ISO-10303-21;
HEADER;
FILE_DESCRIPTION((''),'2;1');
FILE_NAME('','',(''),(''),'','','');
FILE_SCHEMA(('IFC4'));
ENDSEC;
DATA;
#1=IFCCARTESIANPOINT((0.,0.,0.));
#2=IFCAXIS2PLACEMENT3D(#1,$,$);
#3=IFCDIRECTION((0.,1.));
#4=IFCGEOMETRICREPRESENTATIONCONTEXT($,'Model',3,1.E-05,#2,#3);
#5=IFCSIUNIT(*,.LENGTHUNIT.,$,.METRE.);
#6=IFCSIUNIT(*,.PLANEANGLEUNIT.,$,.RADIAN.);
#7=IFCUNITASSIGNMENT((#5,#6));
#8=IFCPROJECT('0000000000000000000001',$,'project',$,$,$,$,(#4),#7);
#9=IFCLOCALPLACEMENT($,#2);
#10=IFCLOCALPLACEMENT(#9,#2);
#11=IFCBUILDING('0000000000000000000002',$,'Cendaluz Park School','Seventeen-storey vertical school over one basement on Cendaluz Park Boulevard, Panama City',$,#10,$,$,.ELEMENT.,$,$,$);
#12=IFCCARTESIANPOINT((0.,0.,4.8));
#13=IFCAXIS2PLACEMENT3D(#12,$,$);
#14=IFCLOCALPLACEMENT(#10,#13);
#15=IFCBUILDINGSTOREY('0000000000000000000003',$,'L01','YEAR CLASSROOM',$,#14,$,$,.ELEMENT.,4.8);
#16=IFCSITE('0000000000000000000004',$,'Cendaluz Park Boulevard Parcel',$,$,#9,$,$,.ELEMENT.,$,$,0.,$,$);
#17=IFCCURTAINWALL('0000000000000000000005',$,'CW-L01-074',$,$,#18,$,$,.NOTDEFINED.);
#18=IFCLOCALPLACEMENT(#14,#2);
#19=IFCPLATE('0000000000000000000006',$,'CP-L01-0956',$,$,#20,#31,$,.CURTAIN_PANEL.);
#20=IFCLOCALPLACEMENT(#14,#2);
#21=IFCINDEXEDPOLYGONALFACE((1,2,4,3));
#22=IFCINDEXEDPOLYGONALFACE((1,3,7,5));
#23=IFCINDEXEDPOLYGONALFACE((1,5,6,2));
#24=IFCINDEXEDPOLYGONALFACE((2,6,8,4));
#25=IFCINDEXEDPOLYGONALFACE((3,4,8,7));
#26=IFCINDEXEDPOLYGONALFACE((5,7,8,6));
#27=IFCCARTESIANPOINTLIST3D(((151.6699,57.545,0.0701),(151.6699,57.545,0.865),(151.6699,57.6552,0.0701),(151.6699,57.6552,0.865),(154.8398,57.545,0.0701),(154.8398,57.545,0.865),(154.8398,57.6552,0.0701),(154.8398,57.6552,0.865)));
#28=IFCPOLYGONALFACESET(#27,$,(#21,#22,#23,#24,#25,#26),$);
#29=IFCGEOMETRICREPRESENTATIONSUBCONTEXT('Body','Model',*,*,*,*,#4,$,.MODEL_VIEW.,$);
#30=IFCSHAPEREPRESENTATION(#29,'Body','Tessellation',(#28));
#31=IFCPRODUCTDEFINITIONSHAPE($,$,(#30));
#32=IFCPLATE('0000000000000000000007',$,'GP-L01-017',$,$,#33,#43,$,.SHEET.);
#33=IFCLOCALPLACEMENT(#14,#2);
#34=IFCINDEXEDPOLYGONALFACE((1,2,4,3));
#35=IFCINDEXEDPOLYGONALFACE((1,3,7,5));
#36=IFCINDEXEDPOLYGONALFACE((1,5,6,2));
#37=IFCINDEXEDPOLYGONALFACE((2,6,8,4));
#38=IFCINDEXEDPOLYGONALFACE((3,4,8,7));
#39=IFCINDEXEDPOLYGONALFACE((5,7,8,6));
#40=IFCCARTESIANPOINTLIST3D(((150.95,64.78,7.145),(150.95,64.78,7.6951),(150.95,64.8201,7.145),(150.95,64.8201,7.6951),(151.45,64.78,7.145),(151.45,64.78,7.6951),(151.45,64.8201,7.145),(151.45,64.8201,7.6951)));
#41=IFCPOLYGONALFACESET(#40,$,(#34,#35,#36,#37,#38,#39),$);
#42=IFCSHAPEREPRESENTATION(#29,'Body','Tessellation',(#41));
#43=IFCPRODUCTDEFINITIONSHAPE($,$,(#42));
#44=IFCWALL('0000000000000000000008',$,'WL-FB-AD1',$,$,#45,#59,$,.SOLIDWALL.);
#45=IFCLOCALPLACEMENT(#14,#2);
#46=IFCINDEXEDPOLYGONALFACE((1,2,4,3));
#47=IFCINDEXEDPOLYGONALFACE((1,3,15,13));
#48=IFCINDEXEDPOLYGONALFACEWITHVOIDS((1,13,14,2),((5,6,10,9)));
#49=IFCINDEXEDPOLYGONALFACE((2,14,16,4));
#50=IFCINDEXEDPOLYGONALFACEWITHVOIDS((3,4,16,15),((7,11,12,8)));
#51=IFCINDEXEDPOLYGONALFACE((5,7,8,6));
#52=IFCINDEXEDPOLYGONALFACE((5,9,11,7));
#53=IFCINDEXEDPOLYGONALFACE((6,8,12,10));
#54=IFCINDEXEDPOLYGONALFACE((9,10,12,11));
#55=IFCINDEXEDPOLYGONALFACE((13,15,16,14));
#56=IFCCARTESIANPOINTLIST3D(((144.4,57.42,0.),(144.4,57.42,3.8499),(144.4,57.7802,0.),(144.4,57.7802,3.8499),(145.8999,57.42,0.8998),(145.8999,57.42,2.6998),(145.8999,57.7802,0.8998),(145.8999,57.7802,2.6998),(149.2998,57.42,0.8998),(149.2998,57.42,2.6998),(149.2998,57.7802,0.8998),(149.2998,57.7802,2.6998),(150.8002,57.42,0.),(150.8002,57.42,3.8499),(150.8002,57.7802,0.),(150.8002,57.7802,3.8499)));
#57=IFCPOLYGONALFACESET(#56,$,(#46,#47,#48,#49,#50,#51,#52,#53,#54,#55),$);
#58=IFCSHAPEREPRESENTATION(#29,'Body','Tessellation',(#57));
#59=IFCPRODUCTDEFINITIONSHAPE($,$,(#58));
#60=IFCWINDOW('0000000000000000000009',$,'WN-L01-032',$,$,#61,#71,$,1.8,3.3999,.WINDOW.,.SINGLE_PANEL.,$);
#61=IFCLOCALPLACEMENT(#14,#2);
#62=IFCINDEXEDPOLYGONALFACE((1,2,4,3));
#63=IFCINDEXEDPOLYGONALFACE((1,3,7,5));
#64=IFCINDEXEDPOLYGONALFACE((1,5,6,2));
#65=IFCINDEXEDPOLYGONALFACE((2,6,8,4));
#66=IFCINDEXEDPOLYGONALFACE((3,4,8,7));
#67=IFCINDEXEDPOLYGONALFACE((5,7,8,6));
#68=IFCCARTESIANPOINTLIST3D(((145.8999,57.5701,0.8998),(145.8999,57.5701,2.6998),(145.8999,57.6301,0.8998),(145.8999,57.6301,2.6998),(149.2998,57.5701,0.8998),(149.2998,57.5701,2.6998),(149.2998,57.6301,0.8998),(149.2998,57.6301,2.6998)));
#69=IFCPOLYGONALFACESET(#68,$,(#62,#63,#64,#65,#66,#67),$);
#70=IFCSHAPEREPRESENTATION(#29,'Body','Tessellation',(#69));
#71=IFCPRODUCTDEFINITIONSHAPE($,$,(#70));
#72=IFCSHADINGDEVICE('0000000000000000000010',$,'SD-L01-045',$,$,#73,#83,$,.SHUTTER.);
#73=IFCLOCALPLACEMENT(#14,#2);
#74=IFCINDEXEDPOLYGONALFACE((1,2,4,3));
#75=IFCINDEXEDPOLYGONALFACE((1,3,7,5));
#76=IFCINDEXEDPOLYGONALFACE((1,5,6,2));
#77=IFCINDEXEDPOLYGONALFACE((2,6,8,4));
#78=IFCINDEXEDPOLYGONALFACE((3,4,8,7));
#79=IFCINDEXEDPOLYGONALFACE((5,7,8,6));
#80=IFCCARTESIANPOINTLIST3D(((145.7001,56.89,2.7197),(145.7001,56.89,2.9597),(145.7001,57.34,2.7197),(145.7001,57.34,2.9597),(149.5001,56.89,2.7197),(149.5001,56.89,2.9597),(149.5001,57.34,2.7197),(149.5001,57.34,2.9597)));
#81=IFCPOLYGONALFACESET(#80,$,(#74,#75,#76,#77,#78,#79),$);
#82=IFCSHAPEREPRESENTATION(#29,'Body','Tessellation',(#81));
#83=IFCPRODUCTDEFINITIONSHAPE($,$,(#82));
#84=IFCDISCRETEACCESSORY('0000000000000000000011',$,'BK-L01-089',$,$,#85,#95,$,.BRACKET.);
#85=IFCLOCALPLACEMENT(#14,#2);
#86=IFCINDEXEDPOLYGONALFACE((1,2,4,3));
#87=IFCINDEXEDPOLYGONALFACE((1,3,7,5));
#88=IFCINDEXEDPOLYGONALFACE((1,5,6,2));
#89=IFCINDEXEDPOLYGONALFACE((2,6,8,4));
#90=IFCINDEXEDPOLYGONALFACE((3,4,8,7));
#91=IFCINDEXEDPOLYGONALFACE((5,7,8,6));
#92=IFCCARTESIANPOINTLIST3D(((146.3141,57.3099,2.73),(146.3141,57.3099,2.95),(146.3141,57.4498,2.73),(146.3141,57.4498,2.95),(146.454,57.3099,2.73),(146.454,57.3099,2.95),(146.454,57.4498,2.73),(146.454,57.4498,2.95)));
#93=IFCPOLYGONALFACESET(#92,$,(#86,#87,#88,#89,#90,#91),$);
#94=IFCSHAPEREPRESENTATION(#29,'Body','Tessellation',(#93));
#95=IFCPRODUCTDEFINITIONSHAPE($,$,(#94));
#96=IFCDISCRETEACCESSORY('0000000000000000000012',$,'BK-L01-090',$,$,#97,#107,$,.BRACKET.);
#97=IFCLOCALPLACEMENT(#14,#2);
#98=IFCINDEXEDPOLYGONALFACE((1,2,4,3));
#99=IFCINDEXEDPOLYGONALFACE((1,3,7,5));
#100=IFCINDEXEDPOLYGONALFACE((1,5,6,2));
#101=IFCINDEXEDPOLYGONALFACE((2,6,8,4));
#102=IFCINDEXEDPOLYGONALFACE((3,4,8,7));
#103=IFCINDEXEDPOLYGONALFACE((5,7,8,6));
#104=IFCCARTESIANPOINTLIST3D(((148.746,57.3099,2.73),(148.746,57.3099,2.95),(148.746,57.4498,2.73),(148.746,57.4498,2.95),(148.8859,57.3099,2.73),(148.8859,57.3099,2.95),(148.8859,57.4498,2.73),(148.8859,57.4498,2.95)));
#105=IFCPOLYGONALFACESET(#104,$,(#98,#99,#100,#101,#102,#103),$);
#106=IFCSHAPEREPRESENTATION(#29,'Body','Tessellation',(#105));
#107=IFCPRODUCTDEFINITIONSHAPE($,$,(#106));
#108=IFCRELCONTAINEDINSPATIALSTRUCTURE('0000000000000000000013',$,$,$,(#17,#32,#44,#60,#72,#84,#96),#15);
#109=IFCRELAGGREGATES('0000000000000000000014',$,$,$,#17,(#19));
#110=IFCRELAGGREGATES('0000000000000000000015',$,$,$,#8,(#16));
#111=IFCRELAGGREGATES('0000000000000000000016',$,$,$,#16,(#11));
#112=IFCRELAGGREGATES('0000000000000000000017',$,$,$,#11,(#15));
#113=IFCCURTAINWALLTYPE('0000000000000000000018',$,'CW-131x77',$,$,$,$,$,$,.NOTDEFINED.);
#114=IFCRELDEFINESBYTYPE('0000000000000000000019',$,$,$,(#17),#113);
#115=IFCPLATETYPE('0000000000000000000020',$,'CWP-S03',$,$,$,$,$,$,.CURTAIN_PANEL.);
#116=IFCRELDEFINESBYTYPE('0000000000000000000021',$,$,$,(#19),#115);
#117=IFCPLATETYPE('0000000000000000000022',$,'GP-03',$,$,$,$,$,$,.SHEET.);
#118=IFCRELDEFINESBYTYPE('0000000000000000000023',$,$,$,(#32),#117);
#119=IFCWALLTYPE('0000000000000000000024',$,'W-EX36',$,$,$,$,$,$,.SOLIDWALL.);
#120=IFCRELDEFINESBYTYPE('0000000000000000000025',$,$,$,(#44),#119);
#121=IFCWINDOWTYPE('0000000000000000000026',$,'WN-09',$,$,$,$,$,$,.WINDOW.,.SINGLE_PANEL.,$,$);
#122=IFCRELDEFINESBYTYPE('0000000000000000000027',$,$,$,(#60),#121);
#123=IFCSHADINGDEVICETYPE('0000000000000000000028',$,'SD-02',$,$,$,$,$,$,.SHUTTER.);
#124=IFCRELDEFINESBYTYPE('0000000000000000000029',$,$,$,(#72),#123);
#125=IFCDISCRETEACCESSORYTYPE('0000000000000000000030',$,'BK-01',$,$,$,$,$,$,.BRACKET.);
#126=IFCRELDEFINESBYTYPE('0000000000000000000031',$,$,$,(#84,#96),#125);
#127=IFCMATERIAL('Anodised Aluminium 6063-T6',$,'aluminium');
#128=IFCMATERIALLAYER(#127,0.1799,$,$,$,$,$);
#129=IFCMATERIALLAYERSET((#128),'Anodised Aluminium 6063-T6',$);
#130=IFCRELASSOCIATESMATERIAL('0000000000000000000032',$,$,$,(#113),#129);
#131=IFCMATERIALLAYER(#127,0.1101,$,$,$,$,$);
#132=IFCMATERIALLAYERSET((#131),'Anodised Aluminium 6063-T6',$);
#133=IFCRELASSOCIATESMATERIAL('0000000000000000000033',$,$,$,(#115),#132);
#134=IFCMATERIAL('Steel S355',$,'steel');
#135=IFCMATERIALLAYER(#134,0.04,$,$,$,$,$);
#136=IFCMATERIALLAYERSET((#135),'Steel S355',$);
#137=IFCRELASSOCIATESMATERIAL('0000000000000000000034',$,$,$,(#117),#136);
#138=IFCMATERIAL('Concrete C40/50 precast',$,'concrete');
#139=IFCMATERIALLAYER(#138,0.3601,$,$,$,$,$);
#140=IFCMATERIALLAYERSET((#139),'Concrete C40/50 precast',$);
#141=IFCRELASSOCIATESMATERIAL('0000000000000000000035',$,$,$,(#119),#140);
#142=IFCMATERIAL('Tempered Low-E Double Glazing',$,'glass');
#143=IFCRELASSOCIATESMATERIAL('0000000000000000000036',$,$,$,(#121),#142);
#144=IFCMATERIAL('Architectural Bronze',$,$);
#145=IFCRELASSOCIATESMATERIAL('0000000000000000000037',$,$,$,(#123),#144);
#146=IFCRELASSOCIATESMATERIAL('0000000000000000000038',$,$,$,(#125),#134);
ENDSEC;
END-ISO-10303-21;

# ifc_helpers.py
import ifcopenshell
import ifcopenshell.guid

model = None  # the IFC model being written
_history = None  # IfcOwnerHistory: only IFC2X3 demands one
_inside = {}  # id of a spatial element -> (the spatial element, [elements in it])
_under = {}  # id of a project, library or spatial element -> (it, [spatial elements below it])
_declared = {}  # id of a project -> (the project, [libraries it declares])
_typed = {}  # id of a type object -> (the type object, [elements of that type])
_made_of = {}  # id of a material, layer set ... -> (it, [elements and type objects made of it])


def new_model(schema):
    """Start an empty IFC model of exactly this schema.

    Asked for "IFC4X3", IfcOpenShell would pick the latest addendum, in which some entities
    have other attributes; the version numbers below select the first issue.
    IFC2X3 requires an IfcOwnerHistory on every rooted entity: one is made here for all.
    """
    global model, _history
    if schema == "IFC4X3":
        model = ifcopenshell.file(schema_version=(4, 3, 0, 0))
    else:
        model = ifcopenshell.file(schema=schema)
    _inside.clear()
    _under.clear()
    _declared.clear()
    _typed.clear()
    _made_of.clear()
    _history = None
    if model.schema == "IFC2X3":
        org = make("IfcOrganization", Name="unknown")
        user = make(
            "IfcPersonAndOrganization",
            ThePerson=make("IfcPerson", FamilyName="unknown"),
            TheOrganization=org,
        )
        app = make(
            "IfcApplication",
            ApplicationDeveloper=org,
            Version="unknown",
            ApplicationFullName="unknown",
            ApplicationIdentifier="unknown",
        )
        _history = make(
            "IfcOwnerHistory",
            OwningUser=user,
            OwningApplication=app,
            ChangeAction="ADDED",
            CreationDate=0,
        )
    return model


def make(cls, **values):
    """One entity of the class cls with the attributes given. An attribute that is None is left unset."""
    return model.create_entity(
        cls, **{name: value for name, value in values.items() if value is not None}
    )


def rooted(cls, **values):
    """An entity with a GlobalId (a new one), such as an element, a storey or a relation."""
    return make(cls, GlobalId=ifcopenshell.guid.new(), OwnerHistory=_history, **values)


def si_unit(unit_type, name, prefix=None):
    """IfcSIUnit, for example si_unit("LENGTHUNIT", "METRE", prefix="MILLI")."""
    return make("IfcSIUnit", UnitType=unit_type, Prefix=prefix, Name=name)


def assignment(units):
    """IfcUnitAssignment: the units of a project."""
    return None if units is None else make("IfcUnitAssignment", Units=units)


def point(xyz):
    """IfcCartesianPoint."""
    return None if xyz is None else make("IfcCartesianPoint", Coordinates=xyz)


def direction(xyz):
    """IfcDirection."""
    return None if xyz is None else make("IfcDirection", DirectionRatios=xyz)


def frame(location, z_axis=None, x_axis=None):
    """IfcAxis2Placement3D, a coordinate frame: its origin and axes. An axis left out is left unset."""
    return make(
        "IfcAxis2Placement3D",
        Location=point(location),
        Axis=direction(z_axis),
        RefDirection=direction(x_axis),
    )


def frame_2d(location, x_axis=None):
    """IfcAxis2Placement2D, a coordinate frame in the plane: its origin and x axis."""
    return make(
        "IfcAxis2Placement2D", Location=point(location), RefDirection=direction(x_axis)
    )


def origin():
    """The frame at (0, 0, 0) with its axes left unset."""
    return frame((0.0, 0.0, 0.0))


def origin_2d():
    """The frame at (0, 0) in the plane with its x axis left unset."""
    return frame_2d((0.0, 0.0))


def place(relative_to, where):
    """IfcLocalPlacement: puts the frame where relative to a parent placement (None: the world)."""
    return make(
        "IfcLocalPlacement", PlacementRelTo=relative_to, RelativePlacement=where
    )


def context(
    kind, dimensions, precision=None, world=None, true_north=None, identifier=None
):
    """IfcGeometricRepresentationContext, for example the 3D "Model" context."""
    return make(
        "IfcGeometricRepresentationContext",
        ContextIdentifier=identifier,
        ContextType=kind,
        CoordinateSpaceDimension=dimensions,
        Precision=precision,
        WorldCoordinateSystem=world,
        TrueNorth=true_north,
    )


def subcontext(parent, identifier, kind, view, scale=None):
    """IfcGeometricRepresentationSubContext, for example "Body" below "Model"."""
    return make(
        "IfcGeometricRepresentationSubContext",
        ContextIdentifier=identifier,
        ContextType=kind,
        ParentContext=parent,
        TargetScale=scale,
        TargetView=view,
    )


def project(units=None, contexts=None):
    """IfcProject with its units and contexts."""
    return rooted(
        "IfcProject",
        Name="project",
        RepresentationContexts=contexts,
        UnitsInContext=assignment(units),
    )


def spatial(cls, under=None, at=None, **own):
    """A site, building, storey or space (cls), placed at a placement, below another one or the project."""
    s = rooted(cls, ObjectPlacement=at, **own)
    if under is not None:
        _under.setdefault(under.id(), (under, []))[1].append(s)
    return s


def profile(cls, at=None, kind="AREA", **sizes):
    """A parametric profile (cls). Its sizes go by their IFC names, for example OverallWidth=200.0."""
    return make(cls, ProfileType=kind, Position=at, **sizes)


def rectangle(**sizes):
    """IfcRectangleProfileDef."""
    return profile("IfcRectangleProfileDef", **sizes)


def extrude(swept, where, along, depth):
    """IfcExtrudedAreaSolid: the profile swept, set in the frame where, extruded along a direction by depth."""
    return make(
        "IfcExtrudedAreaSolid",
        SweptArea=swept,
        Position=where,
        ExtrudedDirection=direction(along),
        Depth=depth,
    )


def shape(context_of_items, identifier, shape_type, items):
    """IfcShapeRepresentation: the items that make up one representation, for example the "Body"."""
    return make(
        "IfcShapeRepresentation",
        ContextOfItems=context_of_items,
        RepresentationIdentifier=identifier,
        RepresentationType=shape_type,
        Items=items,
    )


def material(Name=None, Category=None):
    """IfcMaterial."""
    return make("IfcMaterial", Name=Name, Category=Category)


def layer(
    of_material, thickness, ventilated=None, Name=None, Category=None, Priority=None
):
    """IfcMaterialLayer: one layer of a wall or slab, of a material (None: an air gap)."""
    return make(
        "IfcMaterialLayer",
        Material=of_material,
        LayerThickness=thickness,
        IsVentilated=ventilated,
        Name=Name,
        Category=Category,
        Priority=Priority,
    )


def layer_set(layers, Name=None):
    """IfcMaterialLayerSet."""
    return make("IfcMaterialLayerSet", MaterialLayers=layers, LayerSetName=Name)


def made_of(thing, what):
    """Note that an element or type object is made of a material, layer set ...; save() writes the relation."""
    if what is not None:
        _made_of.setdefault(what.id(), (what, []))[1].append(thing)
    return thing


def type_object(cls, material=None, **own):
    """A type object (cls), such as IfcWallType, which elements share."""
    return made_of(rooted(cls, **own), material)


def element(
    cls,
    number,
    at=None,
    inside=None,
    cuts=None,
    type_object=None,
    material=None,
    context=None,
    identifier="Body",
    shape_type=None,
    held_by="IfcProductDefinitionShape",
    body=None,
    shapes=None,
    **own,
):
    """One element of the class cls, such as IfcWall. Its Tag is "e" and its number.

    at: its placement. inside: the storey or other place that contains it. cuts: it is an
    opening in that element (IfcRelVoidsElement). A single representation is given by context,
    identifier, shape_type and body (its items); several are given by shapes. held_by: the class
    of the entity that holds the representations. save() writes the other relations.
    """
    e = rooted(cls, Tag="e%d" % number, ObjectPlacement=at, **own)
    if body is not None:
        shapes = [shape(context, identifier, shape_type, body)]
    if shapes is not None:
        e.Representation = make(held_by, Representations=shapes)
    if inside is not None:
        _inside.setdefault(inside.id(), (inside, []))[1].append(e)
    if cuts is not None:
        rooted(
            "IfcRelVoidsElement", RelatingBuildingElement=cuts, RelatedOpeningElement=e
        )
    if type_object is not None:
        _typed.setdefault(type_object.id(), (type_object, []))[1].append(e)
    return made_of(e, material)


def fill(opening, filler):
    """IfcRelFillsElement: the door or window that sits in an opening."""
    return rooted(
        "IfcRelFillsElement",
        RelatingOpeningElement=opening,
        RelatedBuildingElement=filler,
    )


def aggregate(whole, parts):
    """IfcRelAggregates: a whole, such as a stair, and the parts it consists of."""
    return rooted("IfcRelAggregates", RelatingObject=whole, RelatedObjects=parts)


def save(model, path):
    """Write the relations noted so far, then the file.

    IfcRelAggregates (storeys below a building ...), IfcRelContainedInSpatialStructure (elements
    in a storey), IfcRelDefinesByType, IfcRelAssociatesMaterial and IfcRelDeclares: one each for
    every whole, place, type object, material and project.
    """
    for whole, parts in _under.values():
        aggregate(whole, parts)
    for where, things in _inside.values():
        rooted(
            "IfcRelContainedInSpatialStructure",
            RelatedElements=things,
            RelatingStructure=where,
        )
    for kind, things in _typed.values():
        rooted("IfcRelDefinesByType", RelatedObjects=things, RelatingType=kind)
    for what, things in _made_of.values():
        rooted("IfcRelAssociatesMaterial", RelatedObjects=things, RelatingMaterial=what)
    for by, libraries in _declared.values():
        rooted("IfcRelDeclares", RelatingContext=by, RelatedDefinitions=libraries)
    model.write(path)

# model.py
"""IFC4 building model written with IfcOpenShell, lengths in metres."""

from ifc_helpers import new_model, si_unit, direction, frame, frame_2d, origin, origin_2d, place, context, subcontext, project, spatial, rectangle, extrude, material, layer, layer_set, type_object, element, fill, aggregate, save


model = new_model("IFC4")

# Units and contexts
model_context = context("Model", 3, precision=1e-05, world=origin(), true_north=direction((0.0, 1.0)))
body_context = subcontext(model_context, "Body", "Model", "MODEL_VIEW")
ifc_project = project(units=[si_unit("LENGTHUNIT", "METRE"), si_unit("PLANEANGLEUNIT", "RADIAN")], contexts=[model_context])

# Site, building, storey
site_placement = place(None, origin())
site = spatial("IfcSite", under=ifc_project, at=site_placement, Name="Cendaluz Park Boulevard Parcel", CompositionType="ELEMENT", RefElevation=0.0)
building_placement = place(site_placement, origin())
building = spatial("IfcBuilding", under=site, at=building_placement, Name="Cendaluz Park School", Description="Seventeen-storey vertical school over one basement on Cendaluz Park Boulevard, Panama City", CompositionType="ELEMENT")
storey_placement = place(building_placement, frame((0.0, 0.0, 4.8)))
storey = spatial("IfcBuildingStorey", under=building, at=storey_placement, Name="L01", Description="YEAR CLASSROOM", CompositionType="ELEMENT", Elevation=4.8)

# Curtain wall
ifc_material_1 = material(Name="Anodised Aluminium 6063-T6", Category="aluminium")
ifc_layer_1 = layer(ifc_material_1, 0.1799)
ifc_layer_set_1 = layer_set([ifc_layer_1], Name="Anodised Aluminium 6063-T6")
curtain_wall_type = type_object("IfcCurtainWallType", Name="CW-131x77", PredefinedType="NOTDEFINED", material=ifc_layer_set_1)
curtain_wall_placement = place(storey_placement, origin())
curtain_wall = element("IfcCurtainWall", 1, at=curtain_wall_placement, inside=storey, type_object=curtain_wall_type, Name="CW-L01-074", PredefinedType="NOTDEFINED")

# Shared definitions
ifc_material_2 = material(Name="Steel S355", Category="steel")

# Plates
ifc_layer_2 = layer(ifc_material_1, 0.1101)
ifc_layer_set_2 = layer_set([ifc_layer_2], Name="Anodised Aluminium 6063-T6")
plate_type_1 = type_object("IfcPlateType", Name="CWP-S03", PredefinedType="CURTAIN_PANEL", material=ifc_layer_set_2)
plate_1_placement = place(storey_placement, frame((153.2549, 57.6001, 0.0701), z_axis=(0.0, 0.0, 1.0), x_axis=(1.0, 0.0, 0.0)))
plate_1 = element("IfcPlate", 2, at=plate_1_placement, type_object=plate_type_1, Name="CP-L01-0956", PredefinedType="CURTAIN_PANEL", context=body_context, shape_type="SweptSolid", body=[
    extrude(rectangle(XDim=3.1699, YDim=0.1101, at=origin_2d()), origin(), (0.0, 0.0, 1.0), 0.7949),
])
aggregate(curtain_wall, [plate_1])
ifc_layer_3 = layer(ifc_material_2, 0.04)
ifc_layer_set_3 = layer_set([ifc_layer_3], Name="Steel S355")
plate_type_2 = type_object("IfcPlateType", Name="GP-03", PredefinedType="SHEET", material=ifc_layer_set_3)
plate_2_placement = place(storey_placement, frame((151.2, 64.8, 7.145), z_axis=(0.0, 0.0, 1.0), x_axis=(1.0, 0.0, 0.0)))
element("IfcPlate", 3, at=plate_2_placement, inside=storey, type_object=plate_type_2, Name="GP-L01-017", PredefinedType="SHEET", context=body_context, shape_type="SweptSolid", body=[
    extrude(rectangle(XDim=0.5, YDim=0.04, at=origin_2d()), origin(), (0.0, 0.0, 1.0), 0.55),
])

# Wall, opening, window
ifc_material_3 = material(Name="Concrete C40/50 precast", Category="concrete")
ifc_layer_4 = layer(ifc_material_3, 0.3601)
ifc_layer_set_4 = layer_set([ifc_layer_4], Name="Concrete C40/50 precast")
wall_type = type_object("IfcWallType", Name="W-EX36", PredefinedType="SOLIDWALL", material=ifc_layer_set_4)
wall_placement = place(storey_placement, frame((144.3999, 57.6001, 0.0), z_axis=(0.0, 0.0, 1.0), x_axis=(1.0, 0.0, 0.0)))
wall = element("IfcWall", 4, at=wall_placement, inside=storey, type_object=wall_type, Name="WL-FB-AD1", PredefinedType="SOLIDWALL", context=body_context, shape_type="SweptSolid", body=[
    extrude(rectangle(XDim=6.4001, YDim=0.3601, at=frame_2d((3.2002, 0.0))), origin(), (0.0, 0.0, 1.0), 3.8499),
])
opening_placement = place(wall_placement, frame((1.5, 0.0, 0.8999)))
opening = element("IfcOpeningElement", 5, at=opening_placement, cuts=wall, PredefinedType="OPENING", context=body_context, shape_type="SweptSolid", body=[
    extrude(rectangle(XDim=3.3999, YDim=1.8, at=frame_2d((1.7, 0.8999))), frame((0.0, 0.1921, 0.0), z_axis=(0.0, -1.0, 0.0), x_axis=(1.0, 0.0, 0.0)), (0.0, 0.0, 1.0), 0.384),
])
ifc_material_4 = material(Name="Tempered Low-E Double Glazing", Category="glass")
window_type = type_object("IfcWindowType", Name="WN-09", PartitioningType="SINGLE_PANEL", PredefinedType="WINDOW", material=ifc_material_4)
window_placement = place(opening_placement, origin())
window = element("IfcWindow", 6, at=window_placement, inside=storey, type_object=window_type, Name="WN-L01-032", OverallHeight=1.8, OverallWidth=3.3999, PartitioningType="SINGLE_PANEL", PredefinedType="WINDOW", context=body_context, shape_type="SweptSolid", body=[
    extrude(rectangle(XDim=3.3999, YDim=1.8, at=frame_2d((1.7, 0.8999))), frame((0.0, 0.03, 0.0), z_axis=(0.0, -1.0, 0.0), x_axis=(1.0, 0.0, 0.0)), (0.0, 0.0, 1.0), 0.0601),
])
fill(opening, window)

# Shading device
ifc_material_5 = material(Name="Architectural Bronze")
shading_device_type = type_object("IfcShadingDeviceType", Name="SD-02", PredefinedType="SHUTTER", material=ifc_material_5)
shading_device_placement = place(storey_placement, frame((147.6001, 57.115, 2.7197), z_axis=(0.0, 0.0, 1.0), x_axis=(1.0, 0.0, 0.0)))
element("IfcShadingDevice", 7, at=shading_device_placement, inside=storey, type_object=shading_device_type, Name="SD-L01-045", PredefinedType="SHUTTER", context=body_context, shape_type="SweptSolid", body=[
    extrude(rectangle(XDim=3.8, YDim=0.45, at=origin_2d()), origin(), (0.0, 0.0, 1.0), 0.24),
])

# Discrete accessories
discrete_accessory_type = type_object("IfcDiscreteAccessoryType", Name="BK-01", PredefinedType="BRACKET", material=ifc_material_2)
for number, where, z_axis, x_axis, name in (
    (8, (146.384, 57.3799, 2.73), (0.0, 0.0, 1.0), (1.0, 0.0, 0.0), "BK-L01-089"),
    (9, (148.8159, 57.3799, 2.73), (0.0, 0.0, 1.0), (1.0, 0.0, 0.0), "BK-L01-090"),
):
    element("IfcDiscreteAccessory", number, at=place(storey_placement, frame(where, z_axis=z_axis, x_axis=x_axis)), inside=storey, type_object=discrete_accessory_type, Name=name, PredefinedType="BRACKET", context=body_context, shape_type="SweptSolid", body=[
        extrude(rectangle(XDim=0.1399, YDim=0.1399, at=origin_2d()), origin(), (0.0, 0.0, 1.0), 0.22),
    ])

save(model, "model.ifc")
